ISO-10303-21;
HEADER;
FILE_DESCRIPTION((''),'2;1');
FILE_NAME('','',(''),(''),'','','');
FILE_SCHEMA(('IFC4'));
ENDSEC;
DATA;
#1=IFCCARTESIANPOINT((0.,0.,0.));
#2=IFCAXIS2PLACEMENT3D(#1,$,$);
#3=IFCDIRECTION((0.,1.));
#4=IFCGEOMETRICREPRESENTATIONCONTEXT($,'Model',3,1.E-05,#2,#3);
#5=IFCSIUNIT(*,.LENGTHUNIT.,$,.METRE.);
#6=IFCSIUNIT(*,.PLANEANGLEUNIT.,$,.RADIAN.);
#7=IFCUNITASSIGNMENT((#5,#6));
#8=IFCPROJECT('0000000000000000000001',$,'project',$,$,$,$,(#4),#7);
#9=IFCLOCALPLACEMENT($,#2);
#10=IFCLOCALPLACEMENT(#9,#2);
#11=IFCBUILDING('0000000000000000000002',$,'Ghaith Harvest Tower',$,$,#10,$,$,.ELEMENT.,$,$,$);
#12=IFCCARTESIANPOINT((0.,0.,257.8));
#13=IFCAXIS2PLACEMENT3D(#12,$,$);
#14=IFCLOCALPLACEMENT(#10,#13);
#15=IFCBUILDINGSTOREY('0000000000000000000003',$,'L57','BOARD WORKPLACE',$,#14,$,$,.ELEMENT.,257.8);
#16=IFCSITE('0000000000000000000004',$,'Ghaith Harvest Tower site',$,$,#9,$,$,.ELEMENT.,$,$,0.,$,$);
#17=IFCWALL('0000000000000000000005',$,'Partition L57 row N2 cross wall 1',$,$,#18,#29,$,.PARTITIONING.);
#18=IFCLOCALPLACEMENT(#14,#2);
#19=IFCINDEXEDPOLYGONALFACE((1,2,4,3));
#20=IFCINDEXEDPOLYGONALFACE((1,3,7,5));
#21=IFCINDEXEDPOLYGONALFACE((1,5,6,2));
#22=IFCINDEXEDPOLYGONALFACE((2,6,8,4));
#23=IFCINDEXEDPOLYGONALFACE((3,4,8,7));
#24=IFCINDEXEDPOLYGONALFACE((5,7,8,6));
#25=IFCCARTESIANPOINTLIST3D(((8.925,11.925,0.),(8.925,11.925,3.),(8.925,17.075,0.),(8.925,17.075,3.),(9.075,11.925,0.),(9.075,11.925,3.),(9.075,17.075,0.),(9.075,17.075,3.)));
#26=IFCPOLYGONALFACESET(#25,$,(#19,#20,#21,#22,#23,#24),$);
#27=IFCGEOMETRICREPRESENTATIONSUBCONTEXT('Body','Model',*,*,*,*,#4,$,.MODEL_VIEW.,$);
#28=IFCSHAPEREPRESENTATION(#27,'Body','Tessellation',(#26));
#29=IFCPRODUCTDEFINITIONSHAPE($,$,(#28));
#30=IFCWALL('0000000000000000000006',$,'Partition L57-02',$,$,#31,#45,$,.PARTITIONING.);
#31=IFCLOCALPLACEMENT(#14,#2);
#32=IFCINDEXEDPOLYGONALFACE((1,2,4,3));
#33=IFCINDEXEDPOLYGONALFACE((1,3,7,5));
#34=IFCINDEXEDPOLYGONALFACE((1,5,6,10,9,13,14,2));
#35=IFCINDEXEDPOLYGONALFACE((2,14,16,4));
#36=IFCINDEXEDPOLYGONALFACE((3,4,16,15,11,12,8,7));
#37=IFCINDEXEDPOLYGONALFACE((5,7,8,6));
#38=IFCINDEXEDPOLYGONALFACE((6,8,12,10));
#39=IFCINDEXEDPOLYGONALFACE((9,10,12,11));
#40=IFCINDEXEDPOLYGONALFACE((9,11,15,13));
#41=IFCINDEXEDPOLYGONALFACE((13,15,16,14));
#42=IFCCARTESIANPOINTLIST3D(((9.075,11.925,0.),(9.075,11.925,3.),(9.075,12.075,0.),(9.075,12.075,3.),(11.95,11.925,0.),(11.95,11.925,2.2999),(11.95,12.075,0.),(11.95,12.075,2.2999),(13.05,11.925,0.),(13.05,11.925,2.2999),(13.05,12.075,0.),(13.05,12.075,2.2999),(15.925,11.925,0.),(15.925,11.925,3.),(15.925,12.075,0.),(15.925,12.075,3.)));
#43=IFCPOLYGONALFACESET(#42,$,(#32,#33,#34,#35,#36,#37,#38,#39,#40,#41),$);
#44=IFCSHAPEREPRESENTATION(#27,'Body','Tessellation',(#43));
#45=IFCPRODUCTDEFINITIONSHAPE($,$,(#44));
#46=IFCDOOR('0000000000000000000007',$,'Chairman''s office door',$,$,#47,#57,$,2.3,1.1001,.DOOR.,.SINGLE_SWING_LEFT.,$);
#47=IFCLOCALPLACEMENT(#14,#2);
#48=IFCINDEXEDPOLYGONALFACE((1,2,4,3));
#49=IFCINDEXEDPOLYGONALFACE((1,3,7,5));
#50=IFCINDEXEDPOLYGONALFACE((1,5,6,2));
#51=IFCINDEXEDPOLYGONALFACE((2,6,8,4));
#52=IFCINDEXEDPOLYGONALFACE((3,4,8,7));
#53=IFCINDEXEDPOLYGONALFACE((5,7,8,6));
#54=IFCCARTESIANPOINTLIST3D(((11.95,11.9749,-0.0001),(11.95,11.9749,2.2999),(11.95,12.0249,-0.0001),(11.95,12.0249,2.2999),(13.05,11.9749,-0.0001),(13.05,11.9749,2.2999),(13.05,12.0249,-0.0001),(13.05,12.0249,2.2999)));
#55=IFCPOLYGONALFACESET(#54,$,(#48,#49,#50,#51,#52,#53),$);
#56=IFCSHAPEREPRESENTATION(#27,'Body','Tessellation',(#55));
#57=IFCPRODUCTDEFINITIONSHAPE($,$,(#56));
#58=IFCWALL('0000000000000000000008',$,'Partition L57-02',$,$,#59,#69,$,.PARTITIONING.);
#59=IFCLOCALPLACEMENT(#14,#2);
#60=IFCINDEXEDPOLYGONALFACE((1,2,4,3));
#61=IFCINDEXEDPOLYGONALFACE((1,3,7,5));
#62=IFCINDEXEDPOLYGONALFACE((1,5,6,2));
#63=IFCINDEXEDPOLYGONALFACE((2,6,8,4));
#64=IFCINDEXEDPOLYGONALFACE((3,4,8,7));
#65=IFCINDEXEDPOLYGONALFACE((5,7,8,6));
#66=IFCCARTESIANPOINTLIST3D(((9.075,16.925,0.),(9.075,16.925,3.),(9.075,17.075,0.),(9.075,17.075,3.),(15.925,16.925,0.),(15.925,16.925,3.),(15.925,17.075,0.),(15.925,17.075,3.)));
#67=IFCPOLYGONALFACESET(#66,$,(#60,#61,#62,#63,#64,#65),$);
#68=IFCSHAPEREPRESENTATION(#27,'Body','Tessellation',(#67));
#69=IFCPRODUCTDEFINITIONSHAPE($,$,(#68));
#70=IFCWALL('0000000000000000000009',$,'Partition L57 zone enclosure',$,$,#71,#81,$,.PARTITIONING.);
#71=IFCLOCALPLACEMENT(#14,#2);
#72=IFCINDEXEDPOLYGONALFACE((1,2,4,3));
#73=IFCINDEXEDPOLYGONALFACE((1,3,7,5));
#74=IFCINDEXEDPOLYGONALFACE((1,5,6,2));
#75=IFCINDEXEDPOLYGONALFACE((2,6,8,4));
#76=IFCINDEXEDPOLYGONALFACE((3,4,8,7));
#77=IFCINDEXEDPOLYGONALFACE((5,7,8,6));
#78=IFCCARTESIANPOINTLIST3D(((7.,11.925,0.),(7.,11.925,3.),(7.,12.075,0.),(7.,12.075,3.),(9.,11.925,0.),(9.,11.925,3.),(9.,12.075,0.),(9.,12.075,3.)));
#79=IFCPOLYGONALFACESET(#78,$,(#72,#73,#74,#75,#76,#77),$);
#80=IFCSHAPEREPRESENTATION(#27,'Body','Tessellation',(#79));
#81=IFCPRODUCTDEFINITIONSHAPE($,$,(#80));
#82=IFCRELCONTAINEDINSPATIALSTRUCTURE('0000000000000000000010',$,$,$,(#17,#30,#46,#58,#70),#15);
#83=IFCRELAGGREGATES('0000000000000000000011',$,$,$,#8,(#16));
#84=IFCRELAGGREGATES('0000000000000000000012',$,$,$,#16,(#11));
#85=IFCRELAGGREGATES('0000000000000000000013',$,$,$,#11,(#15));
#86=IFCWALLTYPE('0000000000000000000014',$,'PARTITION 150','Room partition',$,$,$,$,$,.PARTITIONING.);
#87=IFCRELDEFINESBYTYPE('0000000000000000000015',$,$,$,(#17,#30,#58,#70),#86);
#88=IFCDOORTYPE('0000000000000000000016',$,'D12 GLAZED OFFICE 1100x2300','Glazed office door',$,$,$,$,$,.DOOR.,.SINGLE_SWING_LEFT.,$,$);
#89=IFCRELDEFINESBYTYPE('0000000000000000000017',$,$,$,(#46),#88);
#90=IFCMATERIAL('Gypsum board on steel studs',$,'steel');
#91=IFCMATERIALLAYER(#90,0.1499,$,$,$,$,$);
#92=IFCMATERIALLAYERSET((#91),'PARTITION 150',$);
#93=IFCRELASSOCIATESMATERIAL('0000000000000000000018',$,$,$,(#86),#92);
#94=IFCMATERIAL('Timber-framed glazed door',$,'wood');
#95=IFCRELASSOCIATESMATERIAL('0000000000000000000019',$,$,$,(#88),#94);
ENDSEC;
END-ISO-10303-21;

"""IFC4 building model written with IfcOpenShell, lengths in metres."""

from ifc_helpers import new_model, si_unit, direction, frame, frame_2d, origin, place, context, subcontext, project, spatial, rectangle, extrude, material, layer, layer_set, type_object, element, fill, save


model = new_model("IFC4")

# Units and contexts
model_context = context("Model", 3, precision=1e-05, world=origin(), true_north=direction((0.0, 1.0)))
body_context = subcontext(model_context, "Body", "Model", "MODEL_VIEW")
ifc_project = project(units=[si_unit("LENGTHUNIT", "METRE"), si_unit("PLANEANGLEUNIT", "RADIAN")], contexts=[model_context])

# Site, building, storey
site_placement = place(None, origin())
site = spatial("IfcSite", under=ifc_project, at=site_placement, Name="Ghaith Harvest Tower site", CompositionType="ELEMENT", RefElevation=0.0)
building_placement = place(site_placement, origin())
building = spatial("IfcBuilding", under=site, at=building_placement, Name="Ghaith Harvest Tower", CompositionType="ELEMENT")
storey_placement = place(building_placement, frame((0.0, 0.0, 257.8)))
storey = spatial("IfcBuildingStorey", under=building, at=storey_placement, Name="L57", Description="BOARD WORKPLACE", CompositionType="ELEMENT", Elevation=257.8)

# Wall
ifc_material_1 = material(Name="Gypsum board on steel studs", Category="steel")
ifc_layer_1 = layer(ifc_material_1, 0.1499)
ifc_layer_set_1 = layer_set([ifc_layer_1], Name="PARTITION 150")
wall_type_1 = type_object("IfcWallType", Name="PARTITION 150", Description="Room partition", PredefinedType="PARTITIONING", material=ifc_layer_set_1)
wall_1_placement = place(storey_placement, frame((9.0, 11.925, 0.0), z_axis=(0.0, 0.0, 1.0), x_axis=(0.0, 1.0, 0.0)))
element("IfcWall", 1, at=wall_1_placement, inside=storey, type_object=wall_type_1, Name="Partition L57 row N2 cross wall 1", PredefinedType="PARTITIONING", context=body_context, shape_type="SweptSolid", body=[
    extrude(rectangle(XDim=5.1499, YDim=0.1499, at=frame_2d((2.575, 0.0))), origin(), (0.0, 0.0, 1.0), 3.0),
])

# Wall, opening, door
wall_2_placement = place(storey_placement, frame((9.075, 12.0, 0.0), z_axis=(0.0, 0.0, 1.0), x_axis=(1.0, 0.0, 0.0)))
wall_2 = element("IfcWall", 2, at=wall_2_placement, inside=storey, type_object=wall_type_1, Name="Partition L57-02", PredefinedType="PARTITIONING", context=body_context, shape_type="SweptSolid", body=[
    extrude(rectangle(XDim=6.8501, YDim=0.1499, at=frame_2d((3.425, 0.0))), origin(), (0.0, 0.0, 1.0), 3.0),
])
opening_placement = place(wall_2_placement, frame((2.875, 0.0, 0.0)))
opening = element("IfcOpeningElement", 3, at=opening_placement, cuts=wall_2, PredefinedType="OPENING", context=body_context, shape_type="SweptSolid", body=[
    extrude(rectangle(XDim=1.1001, YDim=2.3, at=frame_2d((0.55, 1.1499))), frame((0.0, 0.085, 0.0), z_axis=(0.0, -1.0, 0.0), x_axis=(1.0, 0.0, 0.0)), (0.0, 0.0, 1.0), 0.1699),
])
ifc_material_2 = material(Name="Timber-framed glazed door", Category="wood")
door_type = type_object("IfcDoorType", Name="D12 GLAZED OFFICE 1100x2300", Description="Glazed office door", OperationType="SINGLE_SWING_LEFT", PredefinedType="DOOR", material=ifc_material_2)
door_placement = place(opening_placement, origin())
door = element("IfcDoor", 4, at=door_placement, inside=storey, type_object=door_type, Name="Chairman's office door", OperationType="SINGLE_SWING_LEFT", OverallHeight=2.3, OverallWidth=1.1001, PredefinedType="DOOR", context=body_context, shape_type="SweptSolid", body=[
    extrude(rectangle(XDim=1.1001, YDim=2.3, at=frame_2d((0.55, 1.1499))), frame((0.0, 0.0249, 0.0), z_axis=(0.0, -1.0, 0.0), x_axis=(1.0, 0.0, 0.0)), (0.0, 0.0, 1.0), 0.05),
])
fill(opening, door)

# Walls
wall_3_placement = place(storey_placement, frame((9.075, 17.0, 0.0), z_axis=(0.0, 0.0, 1.0), x_axis=(1.0, 0.0, 0.0)))
element("IfcWall", 5, at=wall_3_placement, inside=storey, type_object=wall_type_1, Name="Partition L57-02", PredefinedType="PARTITIONING", context=body_context, shape_type="SweptSolid", body=[
    extrude(rectangle(XDim=6.8501, YDim=0.1499, at=frame_2d((3.425, 0.0))), origin(), (0.0, 0.0, 1.0), 3.0),
])
wall_4_placement = place(storey_placement, frame((9.0, 12.0, 0.0), z_axis=(0.0, 0.0, 1.0), x_axis=(-1.0, 0.0, 0.0)))
element("IfcWall", 6, at=wall_4_placement, inside=storey, type_object=wall_type_1, Name="Partition L57 zone enclosure", PredefinedType="PARTITIONING", context=body_context, shape_type="SweptSolid", body=[
    extrude(rectangle(XDim=2.0, YDim=0.1499, at=frame_2d((1.0, 0.0))), origin(), (0.0, 0.0, 1.0), 3.0),
])

save(model, "model.ifc")
